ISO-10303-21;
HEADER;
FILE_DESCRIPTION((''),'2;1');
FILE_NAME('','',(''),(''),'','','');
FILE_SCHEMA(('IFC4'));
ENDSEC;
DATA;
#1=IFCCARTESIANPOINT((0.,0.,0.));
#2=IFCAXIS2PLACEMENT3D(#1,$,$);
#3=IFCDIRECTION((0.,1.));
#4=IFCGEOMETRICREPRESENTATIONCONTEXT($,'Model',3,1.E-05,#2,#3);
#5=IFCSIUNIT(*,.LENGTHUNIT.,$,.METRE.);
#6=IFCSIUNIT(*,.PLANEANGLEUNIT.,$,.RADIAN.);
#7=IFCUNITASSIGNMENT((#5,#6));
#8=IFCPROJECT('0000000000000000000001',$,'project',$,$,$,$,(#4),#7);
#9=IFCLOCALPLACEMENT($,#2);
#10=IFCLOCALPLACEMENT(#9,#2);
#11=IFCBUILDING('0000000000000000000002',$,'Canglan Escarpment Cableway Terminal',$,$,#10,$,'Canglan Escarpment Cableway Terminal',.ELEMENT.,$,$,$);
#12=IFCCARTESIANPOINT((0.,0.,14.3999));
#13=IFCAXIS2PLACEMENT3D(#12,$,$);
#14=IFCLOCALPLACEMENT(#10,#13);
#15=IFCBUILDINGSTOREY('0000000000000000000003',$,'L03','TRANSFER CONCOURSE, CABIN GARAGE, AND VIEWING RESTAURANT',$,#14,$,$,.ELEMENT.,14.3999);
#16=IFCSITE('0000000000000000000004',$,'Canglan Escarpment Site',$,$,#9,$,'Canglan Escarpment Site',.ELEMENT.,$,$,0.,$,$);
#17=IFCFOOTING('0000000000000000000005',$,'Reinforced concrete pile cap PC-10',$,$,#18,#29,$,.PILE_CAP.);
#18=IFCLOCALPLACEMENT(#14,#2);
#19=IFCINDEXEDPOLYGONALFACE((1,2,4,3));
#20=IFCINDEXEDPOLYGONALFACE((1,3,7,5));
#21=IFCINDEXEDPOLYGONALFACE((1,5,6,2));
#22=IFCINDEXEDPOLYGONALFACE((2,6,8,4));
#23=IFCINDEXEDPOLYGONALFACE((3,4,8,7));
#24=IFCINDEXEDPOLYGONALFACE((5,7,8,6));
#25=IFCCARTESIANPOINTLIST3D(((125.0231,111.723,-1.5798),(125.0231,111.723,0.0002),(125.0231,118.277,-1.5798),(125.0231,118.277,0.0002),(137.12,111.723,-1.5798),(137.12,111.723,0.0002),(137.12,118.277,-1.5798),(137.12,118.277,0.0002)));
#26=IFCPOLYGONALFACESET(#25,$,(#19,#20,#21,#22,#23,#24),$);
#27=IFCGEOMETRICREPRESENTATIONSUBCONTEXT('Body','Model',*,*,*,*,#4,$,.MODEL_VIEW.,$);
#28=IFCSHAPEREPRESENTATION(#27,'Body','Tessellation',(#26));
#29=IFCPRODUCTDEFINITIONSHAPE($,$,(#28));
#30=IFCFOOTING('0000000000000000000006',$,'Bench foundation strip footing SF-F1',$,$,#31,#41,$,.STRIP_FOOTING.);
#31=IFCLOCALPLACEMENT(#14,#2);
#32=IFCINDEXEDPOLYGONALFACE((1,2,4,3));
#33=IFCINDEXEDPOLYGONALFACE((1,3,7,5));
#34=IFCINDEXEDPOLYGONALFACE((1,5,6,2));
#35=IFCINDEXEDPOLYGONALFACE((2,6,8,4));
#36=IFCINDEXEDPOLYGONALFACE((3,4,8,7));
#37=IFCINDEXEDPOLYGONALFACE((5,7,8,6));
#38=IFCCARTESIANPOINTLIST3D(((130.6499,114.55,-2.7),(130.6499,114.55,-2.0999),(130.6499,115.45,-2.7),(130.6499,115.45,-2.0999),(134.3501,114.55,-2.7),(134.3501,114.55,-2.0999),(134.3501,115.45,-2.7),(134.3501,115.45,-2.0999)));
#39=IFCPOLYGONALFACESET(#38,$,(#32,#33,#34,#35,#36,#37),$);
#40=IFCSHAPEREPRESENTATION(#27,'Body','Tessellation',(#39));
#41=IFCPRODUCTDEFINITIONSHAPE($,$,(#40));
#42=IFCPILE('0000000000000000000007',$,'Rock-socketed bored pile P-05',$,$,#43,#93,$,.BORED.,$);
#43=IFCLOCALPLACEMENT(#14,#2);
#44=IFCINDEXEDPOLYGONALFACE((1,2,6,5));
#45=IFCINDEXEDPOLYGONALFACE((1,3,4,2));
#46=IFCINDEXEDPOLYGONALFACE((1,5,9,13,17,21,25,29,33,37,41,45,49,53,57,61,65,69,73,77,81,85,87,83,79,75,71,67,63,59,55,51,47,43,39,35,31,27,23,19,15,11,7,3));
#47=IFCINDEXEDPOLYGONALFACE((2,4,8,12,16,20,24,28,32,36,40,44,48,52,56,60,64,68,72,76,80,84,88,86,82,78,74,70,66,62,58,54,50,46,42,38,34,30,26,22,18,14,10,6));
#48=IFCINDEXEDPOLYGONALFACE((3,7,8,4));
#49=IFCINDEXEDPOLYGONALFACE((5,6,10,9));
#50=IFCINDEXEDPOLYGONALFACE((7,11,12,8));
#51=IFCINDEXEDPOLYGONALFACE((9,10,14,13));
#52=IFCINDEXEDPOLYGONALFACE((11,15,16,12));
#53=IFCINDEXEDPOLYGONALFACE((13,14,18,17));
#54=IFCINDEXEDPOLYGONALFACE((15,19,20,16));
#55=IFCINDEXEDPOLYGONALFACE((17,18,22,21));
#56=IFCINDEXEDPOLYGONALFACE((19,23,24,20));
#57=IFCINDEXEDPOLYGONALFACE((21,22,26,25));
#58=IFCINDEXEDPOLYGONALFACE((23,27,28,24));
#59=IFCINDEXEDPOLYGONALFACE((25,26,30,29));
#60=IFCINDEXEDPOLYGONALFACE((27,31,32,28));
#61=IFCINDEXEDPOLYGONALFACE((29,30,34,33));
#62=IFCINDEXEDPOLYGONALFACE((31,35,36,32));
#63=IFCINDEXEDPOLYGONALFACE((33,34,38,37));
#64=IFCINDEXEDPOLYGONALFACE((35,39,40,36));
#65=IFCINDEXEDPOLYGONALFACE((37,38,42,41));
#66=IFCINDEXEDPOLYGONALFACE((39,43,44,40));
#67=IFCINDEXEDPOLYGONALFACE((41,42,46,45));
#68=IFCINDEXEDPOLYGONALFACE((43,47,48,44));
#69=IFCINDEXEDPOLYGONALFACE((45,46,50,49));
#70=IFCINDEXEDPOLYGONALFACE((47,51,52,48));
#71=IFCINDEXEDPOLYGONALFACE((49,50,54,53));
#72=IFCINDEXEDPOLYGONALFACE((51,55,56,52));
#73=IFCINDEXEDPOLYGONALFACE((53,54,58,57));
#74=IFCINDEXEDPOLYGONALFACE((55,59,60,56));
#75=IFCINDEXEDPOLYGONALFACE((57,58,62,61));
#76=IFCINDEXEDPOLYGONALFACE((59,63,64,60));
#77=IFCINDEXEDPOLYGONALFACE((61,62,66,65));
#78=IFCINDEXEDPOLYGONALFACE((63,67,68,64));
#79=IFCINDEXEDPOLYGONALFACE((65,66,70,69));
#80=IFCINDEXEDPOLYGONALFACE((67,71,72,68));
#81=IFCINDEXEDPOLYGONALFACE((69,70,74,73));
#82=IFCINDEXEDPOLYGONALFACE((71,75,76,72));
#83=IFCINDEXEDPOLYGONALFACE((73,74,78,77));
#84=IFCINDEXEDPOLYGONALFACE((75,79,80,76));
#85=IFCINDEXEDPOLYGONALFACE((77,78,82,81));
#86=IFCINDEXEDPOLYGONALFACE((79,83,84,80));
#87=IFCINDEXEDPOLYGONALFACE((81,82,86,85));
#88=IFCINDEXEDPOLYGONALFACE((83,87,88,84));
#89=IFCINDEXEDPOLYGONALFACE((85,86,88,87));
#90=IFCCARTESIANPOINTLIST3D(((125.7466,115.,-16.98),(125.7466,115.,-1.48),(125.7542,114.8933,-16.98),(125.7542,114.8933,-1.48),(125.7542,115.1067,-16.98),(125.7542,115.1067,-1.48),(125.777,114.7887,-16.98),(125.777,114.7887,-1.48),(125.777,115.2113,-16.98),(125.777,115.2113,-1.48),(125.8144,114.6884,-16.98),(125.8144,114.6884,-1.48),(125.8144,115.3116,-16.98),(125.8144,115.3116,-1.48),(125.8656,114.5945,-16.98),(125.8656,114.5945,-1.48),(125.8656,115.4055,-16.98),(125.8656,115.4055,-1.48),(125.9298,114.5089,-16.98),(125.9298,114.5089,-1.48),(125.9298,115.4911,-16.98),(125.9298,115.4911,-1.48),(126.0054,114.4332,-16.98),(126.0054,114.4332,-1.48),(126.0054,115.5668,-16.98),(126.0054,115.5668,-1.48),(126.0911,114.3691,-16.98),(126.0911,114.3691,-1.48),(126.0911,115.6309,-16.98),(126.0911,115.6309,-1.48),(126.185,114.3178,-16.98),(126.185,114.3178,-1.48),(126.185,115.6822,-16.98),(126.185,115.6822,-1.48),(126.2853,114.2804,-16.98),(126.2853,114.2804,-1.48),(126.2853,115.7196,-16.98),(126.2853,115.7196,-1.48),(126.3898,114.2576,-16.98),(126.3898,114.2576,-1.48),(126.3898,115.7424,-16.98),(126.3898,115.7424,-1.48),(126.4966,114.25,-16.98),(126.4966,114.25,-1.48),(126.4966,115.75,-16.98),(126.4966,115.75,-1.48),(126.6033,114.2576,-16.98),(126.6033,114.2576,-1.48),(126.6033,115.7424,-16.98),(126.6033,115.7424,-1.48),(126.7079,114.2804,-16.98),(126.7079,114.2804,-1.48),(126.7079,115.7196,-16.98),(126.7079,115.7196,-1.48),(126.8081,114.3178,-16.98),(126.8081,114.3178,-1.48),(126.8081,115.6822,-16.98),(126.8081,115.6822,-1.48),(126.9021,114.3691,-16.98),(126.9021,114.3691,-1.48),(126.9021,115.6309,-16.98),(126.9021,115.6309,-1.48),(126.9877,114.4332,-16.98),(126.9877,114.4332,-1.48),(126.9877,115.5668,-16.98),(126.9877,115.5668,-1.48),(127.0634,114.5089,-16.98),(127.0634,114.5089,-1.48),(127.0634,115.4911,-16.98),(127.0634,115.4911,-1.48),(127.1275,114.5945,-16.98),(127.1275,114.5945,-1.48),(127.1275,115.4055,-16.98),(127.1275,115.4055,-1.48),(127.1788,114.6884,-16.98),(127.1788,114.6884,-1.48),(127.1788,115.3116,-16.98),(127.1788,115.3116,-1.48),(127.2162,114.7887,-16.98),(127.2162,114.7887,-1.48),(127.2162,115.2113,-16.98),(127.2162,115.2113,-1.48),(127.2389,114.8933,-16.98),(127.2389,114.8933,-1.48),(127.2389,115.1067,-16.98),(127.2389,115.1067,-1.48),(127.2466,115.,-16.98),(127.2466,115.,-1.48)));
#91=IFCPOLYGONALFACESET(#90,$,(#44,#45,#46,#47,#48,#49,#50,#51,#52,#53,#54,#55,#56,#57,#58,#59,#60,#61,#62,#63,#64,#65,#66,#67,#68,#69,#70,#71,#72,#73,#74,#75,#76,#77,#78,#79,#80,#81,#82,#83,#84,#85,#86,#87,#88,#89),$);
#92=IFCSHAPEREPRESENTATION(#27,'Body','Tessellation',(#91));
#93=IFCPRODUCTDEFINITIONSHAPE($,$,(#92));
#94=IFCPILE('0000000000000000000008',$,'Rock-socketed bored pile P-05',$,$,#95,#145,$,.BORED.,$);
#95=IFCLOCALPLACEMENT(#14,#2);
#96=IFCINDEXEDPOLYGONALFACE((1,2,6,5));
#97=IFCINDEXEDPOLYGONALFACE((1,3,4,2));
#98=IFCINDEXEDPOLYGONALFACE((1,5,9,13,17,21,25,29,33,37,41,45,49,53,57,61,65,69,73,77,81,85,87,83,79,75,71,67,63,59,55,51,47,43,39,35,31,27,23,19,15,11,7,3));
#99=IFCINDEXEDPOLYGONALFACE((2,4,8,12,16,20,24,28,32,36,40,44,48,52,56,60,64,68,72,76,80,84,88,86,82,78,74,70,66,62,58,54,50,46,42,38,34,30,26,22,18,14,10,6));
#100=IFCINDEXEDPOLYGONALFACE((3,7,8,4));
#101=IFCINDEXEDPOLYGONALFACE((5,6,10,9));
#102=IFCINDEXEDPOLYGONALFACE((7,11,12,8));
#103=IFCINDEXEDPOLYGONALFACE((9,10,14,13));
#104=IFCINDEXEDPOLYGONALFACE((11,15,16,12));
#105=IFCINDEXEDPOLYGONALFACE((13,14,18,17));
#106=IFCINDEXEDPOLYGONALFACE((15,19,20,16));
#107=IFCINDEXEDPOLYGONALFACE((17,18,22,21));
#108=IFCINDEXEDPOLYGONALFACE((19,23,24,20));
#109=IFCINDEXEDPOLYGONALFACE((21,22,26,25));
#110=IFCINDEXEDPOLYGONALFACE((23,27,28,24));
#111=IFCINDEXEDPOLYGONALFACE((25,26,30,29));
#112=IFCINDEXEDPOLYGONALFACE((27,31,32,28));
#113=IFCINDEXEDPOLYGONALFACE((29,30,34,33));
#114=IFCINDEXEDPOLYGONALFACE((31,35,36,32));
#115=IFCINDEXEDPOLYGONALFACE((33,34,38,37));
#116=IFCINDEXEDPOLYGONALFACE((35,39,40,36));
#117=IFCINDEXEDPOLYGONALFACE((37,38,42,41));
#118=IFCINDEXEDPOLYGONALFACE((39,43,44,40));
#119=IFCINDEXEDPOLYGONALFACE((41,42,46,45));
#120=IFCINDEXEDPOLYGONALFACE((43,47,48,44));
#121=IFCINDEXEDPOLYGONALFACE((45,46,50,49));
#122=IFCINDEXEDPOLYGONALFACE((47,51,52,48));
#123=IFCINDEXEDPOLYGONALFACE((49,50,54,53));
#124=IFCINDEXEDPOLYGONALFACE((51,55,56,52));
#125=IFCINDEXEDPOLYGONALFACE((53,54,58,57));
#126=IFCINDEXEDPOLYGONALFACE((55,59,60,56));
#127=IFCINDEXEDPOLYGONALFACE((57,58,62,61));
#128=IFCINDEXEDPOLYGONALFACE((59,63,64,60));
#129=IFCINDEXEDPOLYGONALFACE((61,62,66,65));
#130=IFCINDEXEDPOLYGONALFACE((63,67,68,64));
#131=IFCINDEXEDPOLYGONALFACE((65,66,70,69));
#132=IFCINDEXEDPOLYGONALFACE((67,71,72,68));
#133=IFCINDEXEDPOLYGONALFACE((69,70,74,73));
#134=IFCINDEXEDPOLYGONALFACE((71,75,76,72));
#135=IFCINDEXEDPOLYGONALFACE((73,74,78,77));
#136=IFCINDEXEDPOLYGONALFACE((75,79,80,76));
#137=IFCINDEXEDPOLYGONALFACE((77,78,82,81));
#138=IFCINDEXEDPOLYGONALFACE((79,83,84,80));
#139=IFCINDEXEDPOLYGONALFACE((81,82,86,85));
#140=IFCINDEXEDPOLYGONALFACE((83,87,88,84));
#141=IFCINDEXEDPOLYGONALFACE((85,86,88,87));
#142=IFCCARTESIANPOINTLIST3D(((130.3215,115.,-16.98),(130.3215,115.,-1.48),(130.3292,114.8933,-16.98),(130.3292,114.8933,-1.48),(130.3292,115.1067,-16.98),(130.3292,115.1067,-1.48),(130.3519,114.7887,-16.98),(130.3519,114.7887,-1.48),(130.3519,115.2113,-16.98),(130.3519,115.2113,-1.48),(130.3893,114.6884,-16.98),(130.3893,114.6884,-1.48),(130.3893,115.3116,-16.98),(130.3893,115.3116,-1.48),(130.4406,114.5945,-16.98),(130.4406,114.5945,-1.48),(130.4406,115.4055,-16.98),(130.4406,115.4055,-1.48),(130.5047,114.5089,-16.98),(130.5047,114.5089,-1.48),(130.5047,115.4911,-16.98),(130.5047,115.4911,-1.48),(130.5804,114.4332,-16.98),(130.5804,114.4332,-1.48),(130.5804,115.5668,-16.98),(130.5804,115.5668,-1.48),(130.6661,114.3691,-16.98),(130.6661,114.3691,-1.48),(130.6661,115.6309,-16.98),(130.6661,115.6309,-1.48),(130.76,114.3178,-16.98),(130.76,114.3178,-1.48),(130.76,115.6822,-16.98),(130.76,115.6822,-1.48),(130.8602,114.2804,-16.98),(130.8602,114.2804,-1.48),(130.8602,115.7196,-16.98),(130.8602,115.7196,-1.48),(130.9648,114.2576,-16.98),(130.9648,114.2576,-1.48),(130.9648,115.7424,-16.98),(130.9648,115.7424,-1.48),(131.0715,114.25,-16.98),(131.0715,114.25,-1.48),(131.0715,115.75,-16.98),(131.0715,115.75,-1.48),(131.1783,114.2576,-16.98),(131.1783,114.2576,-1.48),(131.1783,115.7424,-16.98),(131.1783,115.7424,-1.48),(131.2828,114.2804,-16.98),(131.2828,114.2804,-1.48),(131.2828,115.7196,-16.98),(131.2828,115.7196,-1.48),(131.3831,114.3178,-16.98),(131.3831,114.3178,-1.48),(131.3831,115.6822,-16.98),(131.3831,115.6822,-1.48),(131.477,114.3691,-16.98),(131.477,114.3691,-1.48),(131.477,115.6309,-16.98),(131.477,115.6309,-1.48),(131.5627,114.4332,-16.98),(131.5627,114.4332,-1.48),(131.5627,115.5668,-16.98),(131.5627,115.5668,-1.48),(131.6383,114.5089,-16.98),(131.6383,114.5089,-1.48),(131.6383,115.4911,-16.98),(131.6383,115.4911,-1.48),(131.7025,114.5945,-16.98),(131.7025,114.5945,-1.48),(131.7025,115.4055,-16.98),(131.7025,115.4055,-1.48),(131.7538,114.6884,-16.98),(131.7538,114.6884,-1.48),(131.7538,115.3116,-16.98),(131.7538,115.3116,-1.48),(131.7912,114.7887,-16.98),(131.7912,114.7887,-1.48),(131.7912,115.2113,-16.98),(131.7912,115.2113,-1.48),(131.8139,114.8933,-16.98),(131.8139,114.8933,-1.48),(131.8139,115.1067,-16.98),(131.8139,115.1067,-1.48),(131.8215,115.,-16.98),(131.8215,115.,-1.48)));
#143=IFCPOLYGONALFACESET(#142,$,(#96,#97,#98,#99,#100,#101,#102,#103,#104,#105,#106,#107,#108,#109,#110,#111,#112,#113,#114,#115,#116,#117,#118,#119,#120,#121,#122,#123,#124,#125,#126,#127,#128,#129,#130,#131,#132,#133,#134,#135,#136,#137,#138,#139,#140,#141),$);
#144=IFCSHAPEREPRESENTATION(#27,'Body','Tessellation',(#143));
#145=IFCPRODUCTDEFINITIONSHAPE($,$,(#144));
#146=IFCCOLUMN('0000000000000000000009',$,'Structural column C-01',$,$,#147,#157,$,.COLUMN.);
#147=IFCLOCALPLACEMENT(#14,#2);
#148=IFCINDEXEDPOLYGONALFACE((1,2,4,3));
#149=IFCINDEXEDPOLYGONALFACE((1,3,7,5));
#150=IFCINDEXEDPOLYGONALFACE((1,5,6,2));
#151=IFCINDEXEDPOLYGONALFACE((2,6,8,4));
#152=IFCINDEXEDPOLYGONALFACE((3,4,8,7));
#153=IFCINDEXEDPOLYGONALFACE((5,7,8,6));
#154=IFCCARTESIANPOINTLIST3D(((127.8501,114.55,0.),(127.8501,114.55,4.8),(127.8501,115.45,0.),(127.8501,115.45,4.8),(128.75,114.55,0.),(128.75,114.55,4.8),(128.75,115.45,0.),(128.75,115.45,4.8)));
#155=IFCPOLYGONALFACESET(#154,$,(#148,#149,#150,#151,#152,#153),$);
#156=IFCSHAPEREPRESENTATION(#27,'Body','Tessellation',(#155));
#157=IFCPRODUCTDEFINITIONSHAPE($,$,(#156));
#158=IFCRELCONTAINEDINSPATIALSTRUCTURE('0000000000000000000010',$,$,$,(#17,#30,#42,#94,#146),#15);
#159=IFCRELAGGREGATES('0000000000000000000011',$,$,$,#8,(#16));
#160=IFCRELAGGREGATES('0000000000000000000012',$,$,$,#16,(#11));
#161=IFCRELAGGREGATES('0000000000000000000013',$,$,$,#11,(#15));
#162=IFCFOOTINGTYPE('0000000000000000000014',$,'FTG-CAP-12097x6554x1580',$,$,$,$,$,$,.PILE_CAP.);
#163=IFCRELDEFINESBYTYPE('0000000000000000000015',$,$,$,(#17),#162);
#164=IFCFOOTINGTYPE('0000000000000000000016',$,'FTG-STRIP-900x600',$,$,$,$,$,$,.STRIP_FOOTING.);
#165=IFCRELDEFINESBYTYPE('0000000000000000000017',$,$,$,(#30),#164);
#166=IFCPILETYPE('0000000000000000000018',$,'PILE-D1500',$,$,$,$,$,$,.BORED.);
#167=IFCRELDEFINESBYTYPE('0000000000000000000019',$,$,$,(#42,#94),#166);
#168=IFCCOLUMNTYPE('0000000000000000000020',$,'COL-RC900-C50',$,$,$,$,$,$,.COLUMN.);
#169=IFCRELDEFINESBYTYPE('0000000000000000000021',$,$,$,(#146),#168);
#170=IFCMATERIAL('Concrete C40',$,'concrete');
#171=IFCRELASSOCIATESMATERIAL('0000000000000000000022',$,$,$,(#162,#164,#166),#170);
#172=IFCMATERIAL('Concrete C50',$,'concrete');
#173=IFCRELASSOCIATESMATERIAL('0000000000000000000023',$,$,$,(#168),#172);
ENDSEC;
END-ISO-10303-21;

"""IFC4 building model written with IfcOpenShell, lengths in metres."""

from ifc_helpers import new_model, si_unit, direction, frame, origin, origin_2d, place, context, subcontext, project, spatial, rectangle, circle, extrude, material, material_profile, profile_set, type_object, element, save


model = new_model("IFC4")

# Units and contexts
model_context = context("Model", 3, precision=1e-05, world=origin(), true_north=direction((0.0, 1.0)))
body_context = subcontext(model_context, "Body", "Model", "MODEL_VIEW")
ifc_project = project(units=[si_unit("LENGTHUNIT", "METRE"), si_unit("PLANEANGLEUNIT", "RADIAN")], contexts=[model_context])

# Site, building, storey
site_placement = place(None, origin())
site = spatial("IfcSite", under=ifc_project, at=site_placement, Name="Canglan Escarpment Site", LongName="Canglan Escarpment Site", CompositionType="ELEMENT", RefElevation=0.0)
building_placement = place(site_placement, origin())
building = spatial("IfcBuilding", under=site, at=building_placement, Name="Canglan Escarpment Cableway Terminal", LongName="Canglan Escarpment Cableway Terminal", CompositionType="ELEMENT")
storey_placement = place(building_placement, frame((0.0, 0.0, 14.3999)))
storey = spatial("IfcBuildingStorey", under=building, at=storey_placement, Name="L03", Description="TRANSFER CONCOURSE, CABIN GARAGE, AND VIEWING RESTAURANT", CompositionType="ELEMENT", Elevation=14.3999)

# Footings
ifc_material_1 = material(Name="Concrete C40", Category="concrete")
footing_type_1 = type_object("IfcFootingType", Name="FTG-CAP-12097x6554x1580", PredefinedType="PILE_CAP", material=ifc_material_1)
footing_1_placement = place(storey_placement, frame((131.0715, 115.0, -1.5798), z_axis=(0.0, 0.0, 1.0), x_axis=(1.0, 0.0, 0.0)))
element("IfcFooting", 1, at=footing_1_placement, inside=storey, type_object=footing_type_1, Name="Reinforced concrete pile cap PC-10", PredefinedType="PILE_CAP", context=body_context, shape_type="SweptSolid", body=[
    extrude(rectangle(XDim=12.0969, YDim=6.554, at=origin_2d()), origin(), (0.0, 0.0, 1.0), 1.5801),
])
ifc_material_profile_1 = material_profile(ifc_material_1, rectangle(XDim=0.8999, YDim=0.6001, at=origin_2d()), Name="SF 900x600")
ifc_profile_set_1 = profile_set([ifc_material_profile_1], Name="Concrete C40")
footing_type_2 = type_object("IfcFootingType", Name="FTG-STRIP-900x600", PredefinedType="STRIP_FOOTING", material=ifc_profile_set_1)
footing_2_placement = place(storey_placement, frame((130.6499, 115.0, -2.3999), z_axis=(1.0, 0.0, 0.0), x_axis=(0.0, 1.0, 0.0)))
element("IfcFooting", 2, at=footing_2_placement, inside=storey, type_object=footing_type_2, Name="Bench foundation strip footing SF-F1", PredefinedType="STRIP_FOOTING", context=body_context, shape_type="SweptSolid", body=[
    extrude(rectangle(XDim=0.8999, YDim=0.6001, at=origin_2d()), origin(), (0.0, 0.0, 1.0), 3.7002),
])

# Piles
ifc_material_profile_2 = material_profile(ifc_material_1, circle(Radius=0.75, at=origin_2d()), Name="BORED PILE D1500")
ifc_profile_set_2 = profile_set([ifc_material_profile_2], Name="Concrete C40")
pile_type = type_object("IfcPileType", Name="PILE-D1500", PredefinedType="BORED", material=ifc_profile_set_2)
for number, where, z_axis, x_axis, name in (
    (3, (126.4966, 115.0, -1.48), (0.0, 0.0, -1.0), (1.0, 0.0, 0.0), "Rock-socketed bored pile P-05"),
    (4, (131.0715, 115.0, -1.48), (0.0, 0.0, -1.0), (1.0, 0.0, 0.0), "Rock-socketed bored pile P-05"),
):
    element("IfcPile", number, at=place(storey_placement, frame(where, z_axis=z_axis, x_axis=x_axis)), inside=storey, type_object=pile_type, Name=name, PredefinedType="BORED", context=body_context, shape_type="SweptSolid", body=[
        extrude(circle(Radius=0.75, at=origin_2d()), origin(), (0.0, 0.0, 1.0), 15.5),
    ])

# Column
ifc_material_2 = material(Name="Concrete C50", Category="concrete")
ifc_material_profile_3 = material_profile(ifc_material_2, rectangle(XDim=0.8999, YDim=0.8999, at=origin_2d()), Name="RC 900x900")
ifc_profile_set_3 = profile_set([ifc_material_profile_3], Name="Concrete C50")
column_type = type_object("IfcColumnType", Name="COL-RC900-C50", PredefinedType="COLUMN", material=ifc_profile_set_3)
column_placement = place(storey_placement, frame((128.3, 115.0, 0.0), z_axis=(0.0, 0.0, 1.0), x_axis=(1.0, 0.0, 0.0)))
element("IfcColumn", 5, at=column_placement, inside=storey, type_object=column_type, Name="Structural column C-01", PredefinedType="COLUMN", context=body_context, shape_type="SweptSolid", body=[
    extrude(rectangle(XDim=0.8999, YDim=0.8999, at=origin_2d()), origin(), (0.0, 0.0, 1.0), 4.8),
])

save(model, "model.ifc")
